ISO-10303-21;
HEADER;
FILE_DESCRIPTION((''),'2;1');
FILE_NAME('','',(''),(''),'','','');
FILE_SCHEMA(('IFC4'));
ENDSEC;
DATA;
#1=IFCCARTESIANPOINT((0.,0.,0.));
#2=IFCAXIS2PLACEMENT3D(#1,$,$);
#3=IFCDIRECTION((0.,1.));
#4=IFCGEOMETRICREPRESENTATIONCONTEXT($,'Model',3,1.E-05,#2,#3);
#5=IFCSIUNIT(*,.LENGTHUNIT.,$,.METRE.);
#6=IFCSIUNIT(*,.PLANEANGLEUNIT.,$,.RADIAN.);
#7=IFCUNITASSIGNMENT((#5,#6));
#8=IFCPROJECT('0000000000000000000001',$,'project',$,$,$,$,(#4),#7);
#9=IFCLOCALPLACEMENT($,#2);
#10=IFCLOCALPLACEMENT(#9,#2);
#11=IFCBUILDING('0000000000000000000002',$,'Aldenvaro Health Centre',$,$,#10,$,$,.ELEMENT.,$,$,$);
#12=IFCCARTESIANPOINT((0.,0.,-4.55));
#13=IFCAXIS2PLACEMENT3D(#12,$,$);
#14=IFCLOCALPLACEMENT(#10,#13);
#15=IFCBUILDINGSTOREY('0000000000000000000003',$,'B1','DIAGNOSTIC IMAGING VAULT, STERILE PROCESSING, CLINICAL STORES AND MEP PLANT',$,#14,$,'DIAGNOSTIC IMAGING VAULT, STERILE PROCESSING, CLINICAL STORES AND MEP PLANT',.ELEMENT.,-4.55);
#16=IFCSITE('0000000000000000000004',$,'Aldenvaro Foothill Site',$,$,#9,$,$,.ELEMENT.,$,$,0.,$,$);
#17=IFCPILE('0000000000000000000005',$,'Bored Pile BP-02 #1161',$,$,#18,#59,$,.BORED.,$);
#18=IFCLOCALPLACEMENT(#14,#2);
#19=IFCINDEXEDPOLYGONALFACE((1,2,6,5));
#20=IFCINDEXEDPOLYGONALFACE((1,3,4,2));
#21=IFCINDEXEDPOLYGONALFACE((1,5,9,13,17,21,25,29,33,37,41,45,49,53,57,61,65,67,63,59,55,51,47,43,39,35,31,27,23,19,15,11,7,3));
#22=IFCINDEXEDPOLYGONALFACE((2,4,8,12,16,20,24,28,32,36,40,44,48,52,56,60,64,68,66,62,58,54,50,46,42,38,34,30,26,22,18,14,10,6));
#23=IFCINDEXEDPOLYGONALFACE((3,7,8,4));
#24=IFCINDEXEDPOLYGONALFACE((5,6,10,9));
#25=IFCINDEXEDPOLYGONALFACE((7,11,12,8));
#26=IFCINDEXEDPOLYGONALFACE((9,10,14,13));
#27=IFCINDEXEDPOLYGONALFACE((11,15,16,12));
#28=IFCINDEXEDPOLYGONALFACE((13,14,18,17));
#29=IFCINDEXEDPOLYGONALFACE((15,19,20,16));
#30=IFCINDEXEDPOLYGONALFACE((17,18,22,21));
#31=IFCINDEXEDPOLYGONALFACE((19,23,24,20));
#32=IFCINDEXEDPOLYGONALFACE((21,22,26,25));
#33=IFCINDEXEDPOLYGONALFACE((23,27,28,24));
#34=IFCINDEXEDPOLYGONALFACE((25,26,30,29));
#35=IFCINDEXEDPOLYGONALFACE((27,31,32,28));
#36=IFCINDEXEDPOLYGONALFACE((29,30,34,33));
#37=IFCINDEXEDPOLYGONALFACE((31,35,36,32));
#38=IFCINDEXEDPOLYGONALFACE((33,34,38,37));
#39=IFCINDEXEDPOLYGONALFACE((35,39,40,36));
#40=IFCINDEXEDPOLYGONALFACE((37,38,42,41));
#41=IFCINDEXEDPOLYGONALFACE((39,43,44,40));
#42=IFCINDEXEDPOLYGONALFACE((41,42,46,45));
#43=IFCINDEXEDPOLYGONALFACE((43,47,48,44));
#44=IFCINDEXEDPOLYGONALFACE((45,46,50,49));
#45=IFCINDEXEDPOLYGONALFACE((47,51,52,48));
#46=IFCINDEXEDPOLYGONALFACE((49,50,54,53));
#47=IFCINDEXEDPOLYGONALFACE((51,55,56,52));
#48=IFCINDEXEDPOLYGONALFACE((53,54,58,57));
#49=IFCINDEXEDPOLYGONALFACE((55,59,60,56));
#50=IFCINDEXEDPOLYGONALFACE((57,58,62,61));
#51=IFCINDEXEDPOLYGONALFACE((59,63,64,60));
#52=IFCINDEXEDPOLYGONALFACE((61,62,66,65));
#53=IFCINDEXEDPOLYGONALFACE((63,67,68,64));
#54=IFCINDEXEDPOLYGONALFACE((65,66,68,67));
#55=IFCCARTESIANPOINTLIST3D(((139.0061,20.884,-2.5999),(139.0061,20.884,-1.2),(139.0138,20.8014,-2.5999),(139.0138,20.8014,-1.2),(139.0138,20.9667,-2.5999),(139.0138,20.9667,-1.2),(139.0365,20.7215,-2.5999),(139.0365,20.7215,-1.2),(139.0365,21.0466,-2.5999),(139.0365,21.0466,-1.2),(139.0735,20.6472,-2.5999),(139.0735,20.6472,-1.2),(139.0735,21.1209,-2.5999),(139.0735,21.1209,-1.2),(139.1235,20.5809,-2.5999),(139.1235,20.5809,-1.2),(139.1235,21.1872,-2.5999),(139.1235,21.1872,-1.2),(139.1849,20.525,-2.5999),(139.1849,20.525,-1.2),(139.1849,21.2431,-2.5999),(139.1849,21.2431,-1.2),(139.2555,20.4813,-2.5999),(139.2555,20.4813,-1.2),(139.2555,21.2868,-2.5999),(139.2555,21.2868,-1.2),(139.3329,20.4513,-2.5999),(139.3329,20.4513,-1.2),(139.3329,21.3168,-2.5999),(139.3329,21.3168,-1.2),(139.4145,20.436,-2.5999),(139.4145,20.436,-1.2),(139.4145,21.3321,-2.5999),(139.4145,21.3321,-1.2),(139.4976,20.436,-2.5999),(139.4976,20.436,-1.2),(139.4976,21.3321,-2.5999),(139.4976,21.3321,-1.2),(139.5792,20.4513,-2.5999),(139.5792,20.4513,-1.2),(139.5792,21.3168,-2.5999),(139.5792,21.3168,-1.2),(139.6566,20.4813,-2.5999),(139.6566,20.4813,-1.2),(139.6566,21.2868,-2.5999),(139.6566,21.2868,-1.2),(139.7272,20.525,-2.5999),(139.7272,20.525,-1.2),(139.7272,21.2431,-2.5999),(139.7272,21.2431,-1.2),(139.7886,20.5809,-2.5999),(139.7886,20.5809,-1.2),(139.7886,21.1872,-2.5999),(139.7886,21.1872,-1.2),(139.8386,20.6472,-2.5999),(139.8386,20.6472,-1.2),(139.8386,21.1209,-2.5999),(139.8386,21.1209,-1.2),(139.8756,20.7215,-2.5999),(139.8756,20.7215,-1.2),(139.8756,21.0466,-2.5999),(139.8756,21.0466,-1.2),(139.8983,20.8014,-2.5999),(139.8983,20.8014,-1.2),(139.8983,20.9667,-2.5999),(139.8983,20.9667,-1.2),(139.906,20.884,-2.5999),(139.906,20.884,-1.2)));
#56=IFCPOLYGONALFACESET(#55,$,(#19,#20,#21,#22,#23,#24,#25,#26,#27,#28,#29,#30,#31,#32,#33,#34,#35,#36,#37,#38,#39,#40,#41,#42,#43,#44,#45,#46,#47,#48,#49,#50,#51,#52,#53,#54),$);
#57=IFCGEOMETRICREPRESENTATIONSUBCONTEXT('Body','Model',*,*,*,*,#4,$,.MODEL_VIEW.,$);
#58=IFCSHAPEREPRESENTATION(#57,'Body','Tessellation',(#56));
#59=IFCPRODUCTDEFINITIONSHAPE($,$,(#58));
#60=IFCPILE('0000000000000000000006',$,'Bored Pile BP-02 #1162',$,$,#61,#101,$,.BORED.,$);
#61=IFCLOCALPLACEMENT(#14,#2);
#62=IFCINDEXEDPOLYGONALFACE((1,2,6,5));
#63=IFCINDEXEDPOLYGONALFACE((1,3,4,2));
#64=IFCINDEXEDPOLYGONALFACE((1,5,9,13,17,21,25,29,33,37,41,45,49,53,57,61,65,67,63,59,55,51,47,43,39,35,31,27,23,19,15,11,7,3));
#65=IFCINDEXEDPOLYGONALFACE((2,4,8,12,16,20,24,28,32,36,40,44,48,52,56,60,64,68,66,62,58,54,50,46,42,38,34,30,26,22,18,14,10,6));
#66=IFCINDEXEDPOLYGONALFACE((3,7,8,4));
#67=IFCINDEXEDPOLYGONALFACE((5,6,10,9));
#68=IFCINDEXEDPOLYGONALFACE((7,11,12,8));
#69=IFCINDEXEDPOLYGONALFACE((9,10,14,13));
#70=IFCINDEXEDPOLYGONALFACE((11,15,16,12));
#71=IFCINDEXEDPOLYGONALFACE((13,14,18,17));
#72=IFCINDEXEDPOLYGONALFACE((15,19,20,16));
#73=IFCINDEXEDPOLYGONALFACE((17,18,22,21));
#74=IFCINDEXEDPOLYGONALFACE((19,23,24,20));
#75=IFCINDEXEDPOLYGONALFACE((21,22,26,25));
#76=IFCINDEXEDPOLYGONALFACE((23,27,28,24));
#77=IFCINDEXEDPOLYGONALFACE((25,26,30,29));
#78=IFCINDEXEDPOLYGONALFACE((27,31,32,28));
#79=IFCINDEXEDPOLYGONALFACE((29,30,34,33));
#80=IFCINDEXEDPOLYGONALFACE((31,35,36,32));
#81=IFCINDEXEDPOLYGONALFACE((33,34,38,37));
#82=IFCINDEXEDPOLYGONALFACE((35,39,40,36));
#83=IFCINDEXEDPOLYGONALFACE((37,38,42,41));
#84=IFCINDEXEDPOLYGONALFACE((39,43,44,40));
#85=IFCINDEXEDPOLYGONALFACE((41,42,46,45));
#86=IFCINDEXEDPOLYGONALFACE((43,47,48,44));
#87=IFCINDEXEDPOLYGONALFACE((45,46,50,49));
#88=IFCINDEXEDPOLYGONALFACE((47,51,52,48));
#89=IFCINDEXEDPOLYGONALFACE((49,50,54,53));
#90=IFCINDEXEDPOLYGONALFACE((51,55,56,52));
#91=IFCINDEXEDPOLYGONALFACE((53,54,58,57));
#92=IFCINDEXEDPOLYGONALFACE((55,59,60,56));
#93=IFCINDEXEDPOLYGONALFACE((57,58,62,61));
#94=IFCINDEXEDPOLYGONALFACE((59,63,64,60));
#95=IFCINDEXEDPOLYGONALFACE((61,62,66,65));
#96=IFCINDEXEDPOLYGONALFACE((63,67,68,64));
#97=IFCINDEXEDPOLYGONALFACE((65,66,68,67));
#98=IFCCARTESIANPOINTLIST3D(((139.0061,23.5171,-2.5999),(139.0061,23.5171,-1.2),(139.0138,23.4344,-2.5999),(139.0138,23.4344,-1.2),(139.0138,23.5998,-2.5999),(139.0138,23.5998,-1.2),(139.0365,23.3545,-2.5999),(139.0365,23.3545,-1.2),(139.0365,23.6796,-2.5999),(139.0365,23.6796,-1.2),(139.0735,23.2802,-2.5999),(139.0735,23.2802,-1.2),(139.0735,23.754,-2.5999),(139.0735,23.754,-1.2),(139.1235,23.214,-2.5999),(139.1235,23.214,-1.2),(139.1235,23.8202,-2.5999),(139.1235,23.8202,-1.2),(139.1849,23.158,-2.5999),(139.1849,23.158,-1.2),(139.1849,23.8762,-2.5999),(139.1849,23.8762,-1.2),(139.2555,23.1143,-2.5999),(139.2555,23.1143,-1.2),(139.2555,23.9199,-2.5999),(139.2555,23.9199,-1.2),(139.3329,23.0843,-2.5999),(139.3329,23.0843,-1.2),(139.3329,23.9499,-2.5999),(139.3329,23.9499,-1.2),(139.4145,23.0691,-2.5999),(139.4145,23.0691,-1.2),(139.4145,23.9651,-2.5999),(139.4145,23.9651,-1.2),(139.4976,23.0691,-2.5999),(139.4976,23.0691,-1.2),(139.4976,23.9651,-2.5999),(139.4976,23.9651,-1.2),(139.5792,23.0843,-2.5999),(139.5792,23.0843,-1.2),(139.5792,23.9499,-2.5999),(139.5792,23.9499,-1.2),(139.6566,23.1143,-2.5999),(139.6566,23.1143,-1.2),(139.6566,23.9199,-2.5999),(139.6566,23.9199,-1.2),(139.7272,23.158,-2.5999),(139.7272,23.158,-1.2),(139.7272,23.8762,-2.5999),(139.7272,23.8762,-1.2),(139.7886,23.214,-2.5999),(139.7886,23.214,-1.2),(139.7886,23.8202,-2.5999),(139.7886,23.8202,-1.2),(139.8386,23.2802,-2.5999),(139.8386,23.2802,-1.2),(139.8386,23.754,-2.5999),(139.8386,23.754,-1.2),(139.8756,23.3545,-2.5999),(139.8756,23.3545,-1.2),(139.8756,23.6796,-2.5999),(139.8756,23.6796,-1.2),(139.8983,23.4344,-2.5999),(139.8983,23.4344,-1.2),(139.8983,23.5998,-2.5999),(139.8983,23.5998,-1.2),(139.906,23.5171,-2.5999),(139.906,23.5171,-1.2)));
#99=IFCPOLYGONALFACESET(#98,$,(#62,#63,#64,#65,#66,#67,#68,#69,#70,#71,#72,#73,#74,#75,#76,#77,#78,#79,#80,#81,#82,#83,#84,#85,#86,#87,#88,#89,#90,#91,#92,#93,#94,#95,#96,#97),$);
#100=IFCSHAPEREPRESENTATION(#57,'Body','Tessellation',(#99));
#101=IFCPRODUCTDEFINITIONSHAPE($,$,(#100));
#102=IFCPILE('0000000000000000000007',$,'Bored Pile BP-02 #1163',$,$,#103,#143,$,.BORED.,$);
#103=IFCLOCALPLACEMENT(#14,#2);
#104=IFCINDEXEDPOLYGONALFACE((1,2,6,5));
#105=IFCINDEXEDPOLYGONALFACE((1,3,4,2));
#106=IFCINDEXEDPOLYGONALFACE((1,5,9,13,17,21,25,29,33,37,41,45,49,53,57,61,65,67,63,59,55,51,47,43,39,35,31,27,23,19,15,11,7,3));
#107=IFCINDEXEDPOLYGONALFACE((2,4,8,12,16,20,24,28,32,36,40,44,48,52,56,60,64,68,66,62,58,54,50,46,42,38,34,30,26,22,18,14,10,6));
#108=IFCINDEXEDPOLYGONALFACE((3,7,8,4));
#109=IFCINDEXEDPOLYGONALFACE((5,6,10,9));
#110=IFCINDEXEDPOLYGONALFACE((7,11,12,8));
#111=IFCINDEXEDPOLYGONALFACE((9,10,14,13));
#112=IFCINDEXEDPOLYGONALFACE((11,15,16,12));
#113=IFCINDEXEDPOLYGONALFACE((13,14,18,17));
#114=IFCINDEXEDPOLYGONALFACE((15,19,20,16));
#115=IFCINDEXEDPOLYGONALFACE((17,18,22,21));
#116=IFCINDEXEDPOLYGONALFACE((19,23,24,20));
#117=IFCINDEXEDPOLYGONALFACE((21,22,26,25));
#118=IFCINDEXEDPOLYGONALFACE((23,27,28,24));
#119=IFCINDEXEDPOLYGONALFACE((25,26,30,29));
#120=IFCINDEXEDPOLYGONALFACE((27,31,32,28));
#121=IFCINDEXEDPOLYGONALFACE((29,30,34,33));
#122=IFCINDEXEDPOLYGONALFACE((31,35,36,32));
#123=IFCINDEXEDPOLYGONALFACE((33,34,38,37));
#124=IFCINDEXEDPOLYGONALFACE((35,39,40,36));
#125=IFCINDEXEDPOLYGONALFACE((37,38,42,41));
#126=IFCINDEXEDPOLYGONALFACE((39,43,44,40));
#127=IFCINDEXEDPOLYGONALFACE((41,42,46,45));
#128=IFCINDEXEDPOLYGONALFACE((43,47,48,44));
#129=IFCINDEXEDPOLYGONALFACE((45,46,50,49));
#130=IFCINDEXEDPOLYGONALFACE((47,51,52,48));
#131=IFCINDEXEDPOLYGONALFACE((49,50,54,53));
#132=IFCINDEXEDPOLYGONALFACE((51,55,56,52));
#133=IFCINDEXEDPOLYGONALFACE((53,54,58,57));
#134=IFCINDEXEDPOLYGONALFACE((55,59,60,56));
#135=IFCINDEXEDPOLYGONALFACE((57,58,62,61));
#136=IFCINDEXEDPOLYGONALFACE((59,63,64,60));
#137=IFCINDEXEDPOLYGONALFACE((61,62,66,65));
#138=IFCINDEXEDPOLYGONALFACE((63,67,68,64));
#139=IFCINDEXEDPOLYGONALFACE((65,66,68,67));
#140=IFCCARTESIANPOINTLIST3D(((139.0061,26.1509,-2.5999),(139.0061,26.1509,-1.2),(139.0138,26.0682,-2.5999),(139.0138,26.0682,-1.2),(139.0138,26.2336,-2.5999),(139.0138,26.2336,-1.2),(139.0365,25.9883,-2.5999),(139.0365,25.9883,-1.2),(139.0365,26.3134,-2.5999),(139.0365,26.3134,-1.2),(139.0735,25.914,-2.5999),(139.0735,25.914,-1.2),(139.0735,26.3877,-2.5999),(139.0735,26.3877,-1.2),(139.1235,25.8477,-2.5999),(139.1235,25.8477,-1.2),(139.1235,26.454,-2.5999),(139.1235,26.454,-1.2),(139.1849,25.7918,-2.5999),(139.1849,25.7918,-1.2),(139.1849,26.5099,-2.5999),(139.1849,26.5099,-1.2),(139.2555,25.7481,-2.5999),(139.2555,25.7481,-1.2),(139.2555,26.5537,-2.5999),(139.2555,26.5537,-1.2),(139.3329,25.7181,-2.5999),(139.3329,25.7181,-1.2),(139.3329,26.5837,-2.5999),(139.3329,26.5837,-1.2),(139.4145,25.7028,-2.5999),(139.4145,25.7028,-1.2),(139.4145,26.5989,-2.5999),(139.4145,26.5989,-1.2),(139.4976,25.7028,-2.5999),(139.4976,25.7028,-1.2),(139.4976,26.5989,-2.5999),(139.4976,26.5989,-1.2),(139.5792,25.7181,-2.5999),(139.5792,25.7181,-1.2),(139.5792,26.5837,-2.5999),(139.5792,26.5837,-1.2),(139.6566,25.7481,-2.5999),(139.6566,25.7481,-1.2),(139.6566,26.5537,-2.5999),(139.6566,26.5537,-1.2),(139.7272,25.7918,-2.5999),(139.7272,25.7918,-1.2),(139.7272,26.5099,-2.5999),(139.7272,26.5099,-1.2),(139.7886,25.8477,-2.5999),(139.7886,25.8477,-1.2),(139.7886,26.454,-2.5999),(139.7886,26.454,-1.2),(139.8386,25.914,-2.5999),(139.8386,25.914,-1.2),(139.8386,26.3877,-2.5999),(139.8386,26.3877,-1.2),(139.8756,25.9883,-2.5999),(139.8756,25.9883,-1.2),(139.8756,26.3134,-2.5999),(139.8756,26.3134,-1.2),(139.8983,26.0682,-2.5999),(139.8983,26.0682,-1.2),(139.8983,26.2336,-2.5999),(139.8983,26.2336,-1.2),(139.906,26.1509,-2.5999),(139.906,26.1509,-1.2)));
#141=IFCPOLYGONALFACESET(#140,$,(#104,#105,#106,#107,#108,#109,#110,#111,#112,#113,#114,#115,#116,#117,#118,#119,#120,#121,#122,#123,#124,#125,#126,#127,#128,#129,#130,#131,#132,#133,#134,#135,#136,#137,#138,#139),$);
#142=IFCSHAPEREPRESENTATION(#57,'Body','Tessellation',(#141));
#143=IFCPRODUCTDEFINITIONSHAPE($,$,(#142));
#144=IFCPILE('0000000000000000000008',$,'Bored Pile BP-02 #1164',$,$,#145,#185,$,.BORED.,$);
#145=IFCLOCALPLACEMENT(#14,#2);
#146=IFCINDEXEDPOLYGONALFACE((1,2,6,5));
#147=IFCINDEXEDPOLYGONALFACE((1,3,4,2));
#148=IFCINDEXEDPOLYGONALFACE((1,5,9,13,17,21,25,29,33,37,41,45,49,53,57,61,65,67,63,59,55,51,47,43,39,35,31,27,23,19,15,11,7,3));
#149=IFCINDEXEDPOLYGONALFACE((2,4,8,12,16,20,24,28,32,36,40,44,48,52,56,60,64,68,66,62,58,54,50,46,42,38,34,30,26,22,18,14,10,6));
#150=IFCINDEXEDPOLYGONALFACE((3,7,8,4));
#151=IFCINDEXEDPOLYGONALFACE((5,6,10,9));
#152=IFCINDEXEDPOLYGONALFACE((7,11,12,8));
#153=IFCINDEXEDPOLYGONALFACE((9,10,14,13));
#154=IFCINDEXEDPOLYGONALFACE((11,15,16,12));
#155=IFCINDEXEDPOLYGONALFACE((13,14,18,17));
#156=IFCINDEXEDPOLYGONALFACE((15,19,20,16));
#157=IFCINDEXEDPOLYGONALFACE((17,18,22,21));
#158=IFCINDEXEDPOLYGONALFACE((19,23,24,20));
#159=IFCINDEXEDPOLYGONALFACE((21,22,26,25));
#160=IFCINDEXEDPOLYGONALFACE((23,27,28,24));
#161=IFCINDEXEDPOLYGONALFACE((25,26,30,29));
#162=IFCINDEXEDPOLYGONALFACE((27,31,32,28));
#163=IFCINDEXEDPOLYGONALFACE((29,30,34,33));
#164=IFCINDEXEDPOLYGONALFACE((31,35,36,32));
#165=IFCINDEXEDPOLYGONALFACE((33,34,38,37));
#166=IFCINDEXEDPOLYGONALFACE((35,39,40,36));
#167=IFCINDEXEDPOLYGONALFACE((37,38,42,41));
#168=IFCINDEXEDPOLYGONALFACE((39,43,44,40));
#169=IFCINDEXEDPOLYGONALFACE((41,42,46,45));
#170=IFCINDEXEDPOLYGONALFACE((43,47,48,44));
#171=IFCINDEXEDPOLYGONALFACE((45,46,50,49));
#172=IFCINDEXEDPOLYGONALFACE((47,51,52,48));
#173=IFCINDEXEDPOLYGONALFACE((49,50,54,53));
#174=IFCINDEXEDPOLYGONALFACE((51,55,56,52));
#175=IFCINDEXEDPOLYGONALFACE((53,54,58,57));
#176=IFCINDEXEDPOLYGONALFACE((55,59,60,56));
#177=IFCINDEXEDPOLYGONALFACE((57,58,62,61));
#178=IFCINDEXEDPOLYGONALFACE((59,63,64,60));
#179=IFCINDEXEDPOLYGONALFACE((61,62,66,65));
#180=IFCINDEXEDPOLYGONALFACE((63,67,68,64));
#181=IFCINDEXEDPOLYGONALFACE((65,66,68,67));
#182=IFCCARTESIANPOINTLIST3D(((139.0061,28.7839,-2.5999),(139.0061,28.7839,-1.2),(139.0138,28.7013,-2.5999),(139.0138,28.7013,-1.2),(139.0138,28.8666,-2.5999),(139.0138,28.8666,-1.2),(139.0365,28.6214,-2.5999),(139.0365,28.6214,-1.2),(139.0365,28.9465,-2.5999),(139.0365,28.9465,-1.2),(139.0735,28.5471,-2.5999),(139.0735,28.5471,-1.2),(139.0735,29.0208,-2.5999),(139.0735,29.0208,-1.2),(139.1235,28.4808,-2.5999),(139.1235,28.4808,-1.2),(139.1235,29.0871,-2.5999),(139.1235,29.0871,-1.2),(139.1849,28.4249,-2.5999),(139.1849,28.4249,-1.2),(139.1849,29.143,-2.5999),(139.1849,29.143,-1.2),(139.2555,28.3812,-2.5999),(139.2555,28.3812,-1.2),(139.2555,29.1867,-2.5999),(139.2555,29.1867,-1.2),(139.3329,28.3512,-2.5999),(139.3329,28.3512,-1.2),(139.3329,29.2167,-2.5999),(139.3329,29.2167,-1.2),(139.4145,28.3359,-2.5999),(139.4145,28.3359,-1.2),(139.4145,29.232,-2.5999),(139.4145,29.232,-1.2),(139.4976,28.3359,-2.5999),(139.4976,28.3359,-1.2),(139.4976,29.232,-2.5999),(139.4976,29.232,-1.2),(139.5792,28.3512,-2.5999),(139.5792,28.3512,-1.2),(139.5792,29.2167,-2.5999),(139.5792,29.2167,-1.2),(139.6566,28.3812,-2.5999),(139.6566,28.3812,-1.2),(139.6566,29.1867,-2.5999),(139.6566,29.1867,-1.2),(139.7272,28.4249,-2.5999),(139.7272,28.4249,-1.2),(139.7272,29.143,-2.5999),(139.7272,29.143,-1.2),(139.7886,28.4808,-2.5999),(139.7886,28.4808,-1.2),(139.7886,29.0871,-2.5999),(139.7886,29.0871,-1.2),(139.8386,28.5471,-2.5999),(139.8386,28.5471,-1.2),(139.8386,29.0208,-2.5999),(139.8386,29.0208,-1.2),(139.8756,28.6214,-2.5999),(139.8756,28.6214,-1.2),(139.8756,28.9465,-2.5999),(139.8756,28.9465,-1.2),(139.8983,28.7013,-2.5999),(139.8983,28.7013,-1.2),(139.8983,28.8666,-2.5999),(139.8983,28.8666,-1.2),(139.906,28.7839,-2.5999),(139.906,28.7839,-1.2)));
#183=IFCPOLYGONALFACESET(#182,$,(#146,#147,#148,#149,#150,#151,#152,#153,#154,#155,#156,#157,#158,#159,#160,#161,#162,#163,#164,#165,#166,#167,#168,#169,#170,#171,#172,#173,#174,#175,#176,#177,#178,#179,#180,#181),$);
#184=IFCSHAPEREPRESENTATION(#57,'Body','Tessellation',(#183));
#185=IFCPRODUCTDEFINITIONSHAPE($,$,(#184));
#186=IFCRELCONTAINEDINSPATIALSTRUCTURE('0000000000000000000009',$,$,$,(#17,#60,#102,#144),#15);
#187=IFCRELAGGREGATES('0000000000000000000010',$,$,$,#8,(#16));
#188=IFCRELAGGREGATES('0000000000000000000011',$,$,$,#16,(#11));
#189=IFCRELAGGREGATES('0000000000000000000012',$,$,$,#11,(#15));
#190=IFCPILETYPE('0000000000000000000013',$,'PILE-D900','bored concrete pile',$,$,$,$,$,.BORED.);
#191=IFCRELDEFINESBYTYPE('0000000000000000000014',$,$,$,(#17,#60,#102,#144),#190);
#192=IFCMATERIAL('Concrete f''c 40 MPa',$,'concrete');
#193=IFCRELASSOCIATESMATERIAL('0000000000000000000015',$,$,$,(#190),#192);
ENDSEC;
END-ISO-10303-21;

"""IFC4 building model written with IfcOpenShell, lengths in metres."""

from ifc_helpers import new_model, si_unit, direction, frame, origin, origin_2d, place, context, subcontext, project, spatial, circle, extrude, material, material_profile, profile_set, type_object, element, save


model = new_model("IFC4")

# Units and contexts
model_context = context("Model", 3, precision=1e-05, world=origin(), true_north=direction((0.0, 1.0)))
body_context = subcontext(model_context, "Body", "Model", "MODEL_VIEW")
ifc_project = project(units=[si_unit("LENGTHUNIT", "METRE"), si_unit("PLANEANGLEUNIT", "RADIAN")], contexts=[model_context])

# Site, building, storey
site_placement = place(None, origin())
site = spatial("IfcSite", under=ifc_project, at=site_placement, Name="Aldenvaro Foothill Site", CompositionType="ELEMENT", RefElevation=0.0)
building_placement = place(site_placement, origin())
building = spatial("IfcBuilding", under=site, at=building_placement, Name="Aldenvaro Health Centre", CompositionType="ELEMENT")
storey_placement = place(building_placement, frame((0.0, 0.0, -4.55)))
storey = spatial("IfcBuildingStorey", under=building, at=storey_placement, Name="B1", Description="DIAGNOSTIC IMAGING VAULT, STERILE PROCESSING, CLINICAL STORES AND MEP PLANT", LongName="DIAGNOSTIC IMAGING VAULT, STERILE PROCESSING, CLINICAL STORES AND MEP PLANT", CompositionType="ELEMENT", Elevation=-4.55)

# Piles
ifc_material_1 = material(Name="Concrete f'c 40 MPa", Category="concrete")
ifc_material_profile_1 = material_profile(ifc_material_1, circle(Radius=0.45, at=origin_2d()), Name="PILE D900", Category="concrete")
ifc_profile_set_1 = profile_set([ifc_material_profile_1], Name="Concrete f'c 40 MPa")
pile_type = type_object("IfcPileType", Name="PILE-D900", Description="bored concrete pile", PredefinedType="BORED", material=ifc_profile_set_1)
for number, where, z_axis, x_axis, name in (
    (1, (139.4561, 20.884, -1.2), (0.0, 0.0, -1.0), (1.0, 0.0, 0.0), "Bored Pile BP-02 #1161"),
    (2, (139.4561, 23.5171, -1.2), (0.0, 0.0, -1.0), (1.0, 0.0, 0.0), "Bored Pile BP-02 #1162"),
    (3, (139.4561, 26.1509, -1.2), (0.0, 0.0, -1.0), (1.0, 0.0, 0.0), "Bored Pile BP-02 #1163"),
    (4, (139.4561, 28.7839, -1.2), (0.0, 0.0, -1.0), (1.0, 0.0, 0.0), "Bored Pile BP-02 #1164"),
):
    element("IfcPile", number, at=place(storey_placement, frame(where, z_axis=z_axis, x_axis=x_axis)), inside=storey, type_object=pile_type, Name=name, PredefinedType="BORED", context=body_context, shape_type="SweptSolid", body=[
        extrude(circle(Radius=0.45, at=origin_2d()), origin(), (0.0, 0.0, 1.0), 1.3999),
    ])

save(model, "model.ifc")
